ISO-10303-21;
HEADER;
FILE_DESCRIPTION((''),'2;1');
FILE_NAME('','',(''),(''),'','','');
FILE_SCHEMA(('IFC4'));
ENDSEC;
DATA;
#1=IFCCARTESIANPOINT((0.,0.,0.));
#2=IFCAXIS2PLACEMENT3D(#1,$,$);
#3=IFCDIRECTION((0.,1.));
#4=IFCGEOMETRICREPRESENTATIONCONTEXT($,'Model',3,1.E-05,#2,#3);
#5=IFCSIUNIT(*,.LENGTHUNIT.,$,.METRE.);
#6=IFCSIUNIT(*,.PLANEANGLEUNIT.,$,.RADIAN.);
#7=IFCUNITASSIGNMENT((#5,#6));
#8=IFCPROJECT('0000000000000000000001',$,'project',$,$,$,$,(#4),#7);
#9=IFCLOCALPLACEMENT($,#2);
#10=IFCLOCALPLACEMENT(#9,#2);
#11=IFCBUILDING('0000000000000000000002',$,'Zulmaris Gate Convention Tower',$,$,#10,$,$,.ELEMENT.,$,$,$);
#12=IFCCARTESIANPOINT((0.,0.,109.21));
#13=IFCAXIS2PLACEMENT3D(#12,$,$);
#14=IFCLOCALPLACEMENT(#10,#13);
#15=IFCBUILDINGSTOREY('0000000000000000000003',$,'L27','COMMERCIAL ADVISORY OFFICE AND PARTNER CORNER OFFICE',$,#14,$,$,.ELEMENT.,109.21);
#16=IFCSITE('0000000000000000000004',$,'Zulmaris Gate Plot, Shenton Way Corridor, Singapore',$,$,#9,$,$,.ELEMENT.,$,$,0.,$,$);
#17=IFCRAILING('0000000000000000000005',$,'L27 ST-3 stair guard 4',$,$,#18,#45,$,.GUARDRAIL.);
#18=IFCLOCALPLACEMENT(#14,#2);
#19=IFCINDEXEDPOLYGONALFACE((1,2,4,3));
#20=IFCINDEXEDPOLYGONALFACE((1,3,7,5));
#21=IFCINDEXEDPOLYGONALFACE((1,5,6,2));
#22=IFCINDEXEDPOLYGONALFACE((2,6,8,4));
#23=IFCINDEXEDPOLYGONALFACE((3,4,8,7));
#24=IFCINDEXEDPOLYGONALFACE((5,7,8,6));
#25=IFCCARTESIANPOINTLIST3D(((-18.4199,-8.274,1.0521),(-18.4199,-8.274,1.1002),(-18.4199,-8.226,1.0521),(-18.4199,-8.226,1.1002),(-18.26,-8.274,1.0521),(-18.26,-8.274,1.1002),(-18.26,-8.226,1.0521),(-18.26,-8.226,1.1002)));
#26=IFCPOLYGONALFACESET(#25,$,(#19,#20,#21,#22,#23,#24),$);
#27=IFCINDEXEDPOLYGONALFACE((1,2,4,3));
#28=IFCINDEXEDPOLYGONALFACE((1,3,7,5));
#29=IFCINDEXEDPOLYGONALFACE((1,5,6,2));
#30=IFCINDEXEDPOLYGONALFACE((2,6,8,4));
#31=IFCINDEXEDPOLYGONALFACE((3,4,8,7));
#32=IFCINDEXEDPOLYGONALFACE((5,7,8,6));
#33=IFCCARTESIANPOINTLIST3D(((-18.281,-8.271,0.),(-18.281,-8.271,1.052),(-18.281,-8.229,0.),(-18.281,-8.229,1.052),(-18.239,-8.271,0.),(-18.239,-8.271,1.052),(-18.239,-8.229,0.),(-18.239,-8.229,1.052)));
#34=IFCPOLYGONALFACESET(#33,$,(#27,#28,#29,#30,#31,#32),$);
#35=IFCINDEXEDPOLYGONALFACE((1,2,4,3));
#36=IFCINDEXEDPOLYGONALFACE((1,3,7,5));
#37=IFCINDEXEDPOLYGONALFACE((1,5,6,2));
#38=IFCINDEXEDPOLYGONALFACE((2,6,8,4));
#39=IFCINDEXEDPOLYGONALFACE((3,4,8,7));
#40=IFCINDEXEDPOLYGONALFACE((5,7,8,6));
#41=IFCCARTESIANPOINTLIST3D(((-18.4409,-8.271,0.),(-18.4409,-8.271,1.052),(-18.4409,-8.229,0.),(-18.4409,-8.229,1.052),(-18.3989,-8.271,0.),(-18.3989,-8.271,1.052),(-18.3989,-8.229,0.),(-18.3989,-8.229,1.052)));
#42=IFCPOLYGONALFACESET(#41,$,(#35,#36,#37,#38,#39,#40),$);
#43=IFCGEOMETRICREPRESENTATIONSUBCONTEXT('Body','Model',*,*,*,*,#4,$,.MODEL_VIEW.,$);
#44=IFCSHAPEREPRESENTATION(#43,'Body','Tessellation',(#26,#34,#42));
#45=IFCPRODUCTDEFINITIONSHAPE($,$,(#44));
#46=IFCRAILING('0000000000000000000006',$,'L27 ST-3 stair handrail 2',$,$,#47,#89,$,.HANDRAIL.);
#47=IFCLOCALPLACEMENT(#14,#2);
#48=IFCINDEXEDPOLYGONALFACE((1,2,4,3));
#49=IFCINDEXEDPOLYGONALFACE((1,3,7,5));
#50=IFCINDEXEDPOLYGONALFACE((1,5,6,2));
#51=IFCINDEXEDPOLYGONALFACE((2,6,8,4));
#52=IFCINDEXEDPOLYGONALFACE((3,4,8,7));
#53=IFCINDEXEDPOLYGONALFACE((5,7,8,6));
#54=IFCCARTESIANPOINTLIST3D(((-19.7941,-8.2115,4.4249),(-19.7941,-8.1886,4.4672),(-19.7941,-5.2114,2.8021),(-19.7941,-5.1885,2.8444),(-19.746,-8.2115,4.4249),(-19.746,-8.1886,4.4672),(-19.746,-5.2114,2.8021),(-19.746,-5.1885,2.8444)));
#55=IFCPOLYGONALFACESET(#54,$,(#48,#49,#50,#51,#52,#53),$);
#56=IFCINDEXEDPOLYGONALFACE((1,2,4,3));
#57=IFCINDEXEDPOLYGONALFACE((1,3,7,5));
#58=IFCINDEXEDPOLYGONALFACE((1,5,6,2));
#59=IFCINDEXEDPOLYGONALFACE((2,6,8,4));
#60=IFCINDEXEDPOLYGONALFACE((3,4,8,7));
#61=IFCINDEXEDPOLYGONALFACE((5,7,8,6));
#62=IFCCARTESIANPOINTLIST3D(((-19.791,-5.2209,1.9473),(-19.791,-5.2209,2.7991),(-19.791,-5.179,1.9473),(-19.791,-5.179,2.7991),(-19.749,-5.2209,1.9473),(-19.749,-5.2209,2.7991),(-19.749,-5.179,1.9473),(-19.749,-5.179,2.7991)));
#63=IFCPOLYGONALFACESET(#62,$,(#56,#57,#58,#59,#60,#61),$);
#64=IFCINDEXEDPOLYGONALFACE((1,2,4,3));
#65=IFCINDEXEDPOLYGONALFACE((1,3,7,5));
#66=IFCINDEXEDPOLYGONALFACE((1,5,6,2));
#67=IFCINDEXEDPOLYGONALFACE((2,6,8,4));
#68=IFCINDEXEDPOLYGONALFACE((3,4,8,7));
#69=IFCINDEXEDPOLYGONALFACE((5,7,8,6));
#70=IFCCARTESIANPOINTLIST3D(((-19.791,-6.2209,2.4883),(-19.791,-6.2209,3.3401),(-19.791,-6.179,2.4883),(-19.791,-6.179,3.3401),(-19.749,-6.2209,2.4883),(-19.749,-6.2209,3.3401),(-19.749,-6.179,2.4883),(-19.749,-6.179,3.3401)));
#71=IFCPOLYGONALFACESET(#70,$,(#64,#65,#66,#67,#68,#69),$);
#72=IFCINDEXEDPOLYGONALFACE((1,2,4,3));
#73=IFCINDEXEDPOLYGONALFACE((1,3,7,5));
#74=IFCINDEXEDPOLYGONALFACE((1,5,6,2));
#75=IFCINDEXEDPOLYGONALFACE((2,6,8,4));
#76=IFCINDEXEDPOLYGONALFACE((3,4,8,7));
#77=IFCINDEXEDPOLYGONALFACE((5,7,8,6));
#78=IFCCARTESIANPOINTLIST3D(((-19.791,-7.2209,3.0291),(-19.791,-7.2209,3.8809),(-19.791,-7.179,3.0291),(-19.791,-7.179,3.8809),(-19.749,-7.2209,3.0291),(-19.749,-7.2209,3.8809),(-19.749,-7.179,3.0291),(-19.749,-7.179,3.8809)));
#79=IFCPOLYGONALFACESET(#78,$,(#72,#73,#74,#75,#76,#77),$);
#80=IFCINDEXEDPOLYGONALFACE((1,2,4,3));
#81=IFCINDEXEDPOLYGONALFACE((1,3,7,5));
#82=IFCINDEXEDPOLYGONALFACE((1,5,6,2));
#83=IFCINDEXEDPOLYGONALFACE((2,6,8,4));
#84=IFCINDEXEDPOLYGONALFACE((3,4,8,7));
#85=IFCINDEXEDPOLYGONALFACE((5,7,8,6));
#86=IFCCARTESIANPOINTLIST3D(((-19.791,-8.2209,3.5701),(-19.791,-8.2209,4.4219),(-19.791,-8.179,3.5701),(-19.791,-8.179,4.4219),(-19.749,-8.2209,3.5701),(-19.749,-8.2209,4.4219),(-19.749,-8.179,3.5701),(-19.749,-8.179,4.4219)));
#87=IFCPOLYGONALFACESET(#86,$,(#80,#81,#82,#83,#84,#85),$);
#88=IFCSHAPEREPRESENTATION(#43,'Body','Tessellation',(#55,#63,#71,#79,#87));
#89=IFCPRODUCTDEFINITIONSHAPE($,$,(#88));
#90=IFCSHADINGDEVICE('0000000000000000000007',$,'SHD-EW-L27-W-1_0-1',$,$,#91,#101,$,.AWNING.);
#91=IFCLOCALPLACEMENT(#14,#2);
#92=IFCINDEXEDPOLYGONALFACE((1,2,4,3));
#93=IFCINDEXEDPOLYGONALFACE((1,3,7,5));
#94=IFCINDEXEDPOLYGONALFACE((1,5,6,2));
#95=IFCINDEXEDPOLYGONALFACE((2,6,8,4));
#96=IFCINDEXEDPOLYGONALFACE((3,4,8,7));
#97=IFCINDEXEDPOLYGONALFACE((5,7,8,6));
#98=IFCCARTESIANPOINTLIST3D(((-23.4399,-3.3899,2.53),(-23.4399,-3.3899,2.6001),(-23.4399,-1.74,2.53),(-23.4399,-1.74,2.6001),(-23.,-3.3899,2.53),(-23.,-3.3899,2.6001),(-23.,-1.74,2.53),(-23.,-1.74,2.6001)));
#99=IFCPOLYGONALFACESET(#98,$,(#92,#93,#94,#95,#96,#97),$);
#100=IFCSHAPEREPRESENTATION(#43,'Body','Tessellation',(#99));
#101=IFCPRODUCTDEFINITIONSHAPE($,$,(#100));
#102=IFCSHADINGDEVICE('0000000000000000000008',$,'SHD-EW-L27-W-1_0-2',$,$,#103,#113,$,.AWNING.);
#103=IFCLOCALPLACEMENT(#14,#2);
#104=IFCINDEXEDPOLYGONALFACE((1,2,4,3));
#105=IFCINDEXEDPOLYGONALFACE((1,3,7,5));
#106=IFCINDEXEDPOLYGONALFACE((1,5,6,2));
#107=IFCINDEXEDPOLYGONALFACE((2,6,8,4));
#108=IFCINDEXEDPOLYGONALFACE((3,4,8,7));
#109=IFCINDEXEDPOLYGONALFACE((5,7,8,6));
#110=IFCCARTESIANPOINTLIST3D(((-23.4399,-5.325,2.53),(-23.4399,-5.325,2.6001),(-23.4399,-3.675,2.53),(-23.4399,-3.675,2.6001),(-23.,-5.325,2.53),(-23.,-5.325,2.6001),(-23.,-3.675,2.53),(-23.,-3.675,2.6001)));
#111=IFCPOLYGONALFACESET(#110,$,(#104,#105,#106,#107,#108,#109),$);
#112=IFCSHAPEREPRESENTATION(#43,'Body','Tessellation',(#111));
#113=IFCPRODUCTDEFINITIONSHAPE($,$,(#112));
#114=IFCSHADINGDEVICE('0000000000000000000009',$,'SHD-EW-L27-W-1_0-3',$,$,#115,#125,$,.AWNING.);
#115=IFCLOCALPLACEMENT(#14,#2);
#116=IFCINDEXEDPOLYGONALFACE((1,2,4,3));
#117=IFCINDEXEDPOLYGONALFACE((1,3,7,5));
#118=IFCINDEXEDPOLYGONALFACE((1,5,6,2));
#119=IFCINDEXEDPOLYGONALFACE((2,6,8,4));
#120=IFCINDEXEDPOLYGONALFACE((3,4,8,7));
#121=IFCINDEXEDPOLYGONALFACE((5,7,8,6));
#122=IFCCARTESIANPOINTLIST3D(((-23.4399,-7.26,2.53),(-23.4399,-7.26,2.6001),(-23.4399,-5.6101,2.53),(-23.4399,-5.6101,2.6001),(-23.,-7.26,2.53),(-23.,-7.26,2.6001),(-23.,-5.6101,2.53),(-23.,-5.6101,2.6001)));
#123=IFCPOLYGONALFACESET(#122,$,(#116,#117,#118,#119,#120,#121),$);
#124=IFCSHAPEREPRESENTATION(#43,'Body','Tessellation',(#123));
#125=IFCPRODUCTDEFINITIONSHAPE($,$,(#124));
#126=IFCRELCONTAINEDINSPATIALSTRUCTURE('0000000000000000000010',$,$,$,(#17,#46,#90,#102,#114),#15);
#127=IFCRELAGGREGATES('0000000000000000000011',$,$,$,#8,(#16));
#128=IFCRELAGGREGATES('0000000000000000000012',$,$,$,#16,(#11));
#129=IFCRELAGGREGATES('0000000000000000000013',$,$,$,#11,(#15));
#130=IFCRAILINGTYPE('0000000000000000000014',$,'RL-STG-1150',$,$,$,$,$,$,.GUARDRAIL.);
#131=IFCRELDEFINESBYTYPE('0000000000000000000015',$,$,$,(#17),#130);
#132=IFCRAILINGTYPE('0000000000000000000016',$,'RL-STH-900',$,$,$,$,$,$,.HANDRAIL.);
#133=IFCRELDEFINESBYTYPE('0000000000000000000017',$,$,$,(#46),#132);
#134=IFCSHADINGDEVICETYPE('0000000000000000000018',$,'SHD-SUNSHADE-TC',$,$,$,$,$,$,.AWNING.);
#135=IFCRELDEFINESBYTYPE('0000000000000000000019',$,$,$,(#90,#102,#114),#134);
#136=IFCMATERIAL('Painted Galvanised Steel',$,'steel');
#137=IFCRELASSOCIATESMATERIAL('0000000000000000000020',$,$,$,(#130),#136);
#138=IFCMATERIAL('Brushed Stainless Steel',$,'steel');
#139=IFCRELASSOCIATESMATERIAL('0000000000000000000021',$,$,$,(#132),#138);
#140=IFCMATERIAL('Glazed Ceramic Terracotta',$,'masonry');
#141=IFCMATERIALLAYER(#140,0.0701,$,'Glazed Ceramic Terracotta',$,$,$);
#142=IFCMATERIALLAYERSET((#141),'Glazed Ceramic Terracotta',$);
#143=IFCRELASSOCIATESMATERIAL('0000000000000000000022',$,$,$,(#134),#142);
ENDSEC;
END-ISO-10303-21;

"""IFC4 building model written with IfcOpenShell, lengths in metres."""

from ifc_helpers import new_model, si_unit, direction, frame, frame_2d, origin, origin_2d, place, context, subcontext, project, spatial, rectangle, extrude, material, layer, layer_set, type_object, element, save


model = new_model("IFC4")

# Units and contexts
model_context = context("Model", 3, precision=1e-05, world=origin(), true_north=direction((0.0, 1.0)))
body_context = subcontext(model_context, "Body", "Model", "MODEL_VIEW")
ifc_project = project(units=[si_unit("LENGTHUNIT", "METRE"), si_unit("PLANEANGLEUNIT", "RADIAN")], contexts=[model_context])

# Site, building, storey
site_placement = place(None, origin())
site = spatial("IfcSite", under=ifc_project, at=site_placement, Name="Zulmaris Gate Plot, Shenton Way Corridor, Singapore", CompositionType="ELEMENT", RefElevation=0.0)
building_placement = place(site_placement, origin())
building = spatial("IfcBuilding", under=site, at=building_placement, Name="Zulmaris Gate Convention Tower", CompositionType="ELEMENT")
storey_placement = place(building_placement, frame((0.0, 0.0, 109.21)))
storey = spatial("IfcBuildingStorey", under=building, at=storey_placement, Name="L27", Description="COMMERCIAL ADVISORY OFFICE AND PARTNER CORNER OFFICE", CompositionType="ELEMENT", Elevation=109.21)

# Railings
ifc_material_1 = material(Name="Painted Galvanised Steel", Category="steel")
railing_type_1 = type_object("IfcRailingType", Name="RL-STG-1150", PredefinedType="GUARDRAIL", material=ifc_material_1)
railing_1_placement = place(storey_placement, frame((-18.26, -8.25, 0.0)))
element("IfcRailing", 1, at=railing_1_placement, inside=storey, type_object=railing_type_1, Name="L27 ST-3 stair guard 4", PredefinedType="GUARDRAIL", context=body_context, shape_type="SweptSolid", body=[
    extrude(rectangle(XDim=0.0481, YDim=0.0481, at=origin_2d()), frame((0.0, 0.0, 1.0762), z_axis=(-1.0, 0.0, 0.0), x_axis=(0.0, -1.0, 0.0)), (0.0, 0.0, 1.0), 0.1599),
    extrude(rectangle(XDim=0.042, YDim=0.042, at=origin_2d()), origin(), (0.0, 0.0, 1.0), 1.052),
    extrude(rectangle(XDim=0.042, YDim=0.042, at=origin_2d()), frame((-0.1599, 0.0, 0.0)), (0.0, 0.0, 1.0), 1.052),
])
ifc_material_2 = material(Name="Brushed Stainless Steel", Category="steel")
railing_type_2 = type_object("IfcRailingType", Name="RL-STH-900", PredefinedType="HANDRAIL", material=ifc_material_2)
railing_2_placement = place(storey_placement, frame((-19.77, -5.2, 1.9473)))
element("IfcRailing", 2, at=railing_2_placement, inside=storey, type_object=railing_type_2, Name="L27 ST-3 stair handrail 2", PredefinedType="HANDRAIL", context=body_context, shape_type="SweptSolid", body=[
    extrude(rectangle(XDim=0.0481, YDim=0.0481, at=origin_2d()), frame((0.0, 0.0, 0.876), z_axis=(0.0, -0.879562, 0.475785), x_axis=(1.0, 0.0, 0.0)), (0.0, 0.0, 1.0), 3.4109),
    extrude(rectangle(XDim=0.042, YDim=0.042, at=origin_2d()), origin(), (0.0, 0.0, 1.0), 0.8518),
    extrude(rectangle(XDim=0.042, YDim=0.042, at=origin_2d()), frame((0.0, -1.0, 0.541)), (0.0, 0.0, 1.0), 0.8518),
    extrude(rectangle(XDim=0.042, YDim=0.042, at=origin_2d()), frame((0.0, -2.0, 1.0818)), (0.0, 0.0, 1.0), 0.8518),
    extrude(rectangle(XDim=0.042, YDim=0.042, at=origin_2d()), frame((0.0, -3.0, 1.6228)), (0.0, 0.0, 1.0), 0.8518),
])

# Shading devices
ifc_material_3 = material(Name="Glazed Ceramic Terracotta", Category="masonry")
ifc_layer_1 = layer(ifc_material_3, 0.0701, Name="Glazed Ceramic Terracotta")
ifc_layer_set_1 = layer_set([ifc_layer_1], Name="Glazed Ceramic Terracotta")
shading_device_type = type_object("IfcShadingDeviceType", Name="SHD-SUNSHADE-TC", PredefinedType="AWNING", material=ifc_layer_set_1)
for number, where, z_axis, x_axis, name in (
    (3, (-23.22, -1.74, 2.53), (0.0, 0.0, 1.0), (0.0, -1.0, 0.0), "SHD-EW-L27-W-1_0-1"),
    (4, (-23.22, -3.675, 2.53), (0.0, 0.0, 1.0), (0.0, -1.0, 0.0), "SHD-EW-L27-W-1_0-2"),
    (5, (-23.22, -5.6101, 2.53), (0.0, 0.0, 1.0), (0.0, -1.0, 0.0), "SHD-EW-L27-W-1_0-3"),
):
    element("IfcShadingDevice", number, at=place(storey_placement, frame(where, z_axis=z_axis, x_axis=x_axis)), inside=storey, type_object=shading_device_type, Name=name, PredefinedType="AWNING", context=body_context, shape_type="SweptSolid", body=[
        extrude(rectangle(XDim=1.6499, YDim=0.4399, at=frame_2d((0.825, 0.0))), origin(), (0.0, 0.0, 1.0), 0.0701),
    ])

save(model, "model.ifc")
